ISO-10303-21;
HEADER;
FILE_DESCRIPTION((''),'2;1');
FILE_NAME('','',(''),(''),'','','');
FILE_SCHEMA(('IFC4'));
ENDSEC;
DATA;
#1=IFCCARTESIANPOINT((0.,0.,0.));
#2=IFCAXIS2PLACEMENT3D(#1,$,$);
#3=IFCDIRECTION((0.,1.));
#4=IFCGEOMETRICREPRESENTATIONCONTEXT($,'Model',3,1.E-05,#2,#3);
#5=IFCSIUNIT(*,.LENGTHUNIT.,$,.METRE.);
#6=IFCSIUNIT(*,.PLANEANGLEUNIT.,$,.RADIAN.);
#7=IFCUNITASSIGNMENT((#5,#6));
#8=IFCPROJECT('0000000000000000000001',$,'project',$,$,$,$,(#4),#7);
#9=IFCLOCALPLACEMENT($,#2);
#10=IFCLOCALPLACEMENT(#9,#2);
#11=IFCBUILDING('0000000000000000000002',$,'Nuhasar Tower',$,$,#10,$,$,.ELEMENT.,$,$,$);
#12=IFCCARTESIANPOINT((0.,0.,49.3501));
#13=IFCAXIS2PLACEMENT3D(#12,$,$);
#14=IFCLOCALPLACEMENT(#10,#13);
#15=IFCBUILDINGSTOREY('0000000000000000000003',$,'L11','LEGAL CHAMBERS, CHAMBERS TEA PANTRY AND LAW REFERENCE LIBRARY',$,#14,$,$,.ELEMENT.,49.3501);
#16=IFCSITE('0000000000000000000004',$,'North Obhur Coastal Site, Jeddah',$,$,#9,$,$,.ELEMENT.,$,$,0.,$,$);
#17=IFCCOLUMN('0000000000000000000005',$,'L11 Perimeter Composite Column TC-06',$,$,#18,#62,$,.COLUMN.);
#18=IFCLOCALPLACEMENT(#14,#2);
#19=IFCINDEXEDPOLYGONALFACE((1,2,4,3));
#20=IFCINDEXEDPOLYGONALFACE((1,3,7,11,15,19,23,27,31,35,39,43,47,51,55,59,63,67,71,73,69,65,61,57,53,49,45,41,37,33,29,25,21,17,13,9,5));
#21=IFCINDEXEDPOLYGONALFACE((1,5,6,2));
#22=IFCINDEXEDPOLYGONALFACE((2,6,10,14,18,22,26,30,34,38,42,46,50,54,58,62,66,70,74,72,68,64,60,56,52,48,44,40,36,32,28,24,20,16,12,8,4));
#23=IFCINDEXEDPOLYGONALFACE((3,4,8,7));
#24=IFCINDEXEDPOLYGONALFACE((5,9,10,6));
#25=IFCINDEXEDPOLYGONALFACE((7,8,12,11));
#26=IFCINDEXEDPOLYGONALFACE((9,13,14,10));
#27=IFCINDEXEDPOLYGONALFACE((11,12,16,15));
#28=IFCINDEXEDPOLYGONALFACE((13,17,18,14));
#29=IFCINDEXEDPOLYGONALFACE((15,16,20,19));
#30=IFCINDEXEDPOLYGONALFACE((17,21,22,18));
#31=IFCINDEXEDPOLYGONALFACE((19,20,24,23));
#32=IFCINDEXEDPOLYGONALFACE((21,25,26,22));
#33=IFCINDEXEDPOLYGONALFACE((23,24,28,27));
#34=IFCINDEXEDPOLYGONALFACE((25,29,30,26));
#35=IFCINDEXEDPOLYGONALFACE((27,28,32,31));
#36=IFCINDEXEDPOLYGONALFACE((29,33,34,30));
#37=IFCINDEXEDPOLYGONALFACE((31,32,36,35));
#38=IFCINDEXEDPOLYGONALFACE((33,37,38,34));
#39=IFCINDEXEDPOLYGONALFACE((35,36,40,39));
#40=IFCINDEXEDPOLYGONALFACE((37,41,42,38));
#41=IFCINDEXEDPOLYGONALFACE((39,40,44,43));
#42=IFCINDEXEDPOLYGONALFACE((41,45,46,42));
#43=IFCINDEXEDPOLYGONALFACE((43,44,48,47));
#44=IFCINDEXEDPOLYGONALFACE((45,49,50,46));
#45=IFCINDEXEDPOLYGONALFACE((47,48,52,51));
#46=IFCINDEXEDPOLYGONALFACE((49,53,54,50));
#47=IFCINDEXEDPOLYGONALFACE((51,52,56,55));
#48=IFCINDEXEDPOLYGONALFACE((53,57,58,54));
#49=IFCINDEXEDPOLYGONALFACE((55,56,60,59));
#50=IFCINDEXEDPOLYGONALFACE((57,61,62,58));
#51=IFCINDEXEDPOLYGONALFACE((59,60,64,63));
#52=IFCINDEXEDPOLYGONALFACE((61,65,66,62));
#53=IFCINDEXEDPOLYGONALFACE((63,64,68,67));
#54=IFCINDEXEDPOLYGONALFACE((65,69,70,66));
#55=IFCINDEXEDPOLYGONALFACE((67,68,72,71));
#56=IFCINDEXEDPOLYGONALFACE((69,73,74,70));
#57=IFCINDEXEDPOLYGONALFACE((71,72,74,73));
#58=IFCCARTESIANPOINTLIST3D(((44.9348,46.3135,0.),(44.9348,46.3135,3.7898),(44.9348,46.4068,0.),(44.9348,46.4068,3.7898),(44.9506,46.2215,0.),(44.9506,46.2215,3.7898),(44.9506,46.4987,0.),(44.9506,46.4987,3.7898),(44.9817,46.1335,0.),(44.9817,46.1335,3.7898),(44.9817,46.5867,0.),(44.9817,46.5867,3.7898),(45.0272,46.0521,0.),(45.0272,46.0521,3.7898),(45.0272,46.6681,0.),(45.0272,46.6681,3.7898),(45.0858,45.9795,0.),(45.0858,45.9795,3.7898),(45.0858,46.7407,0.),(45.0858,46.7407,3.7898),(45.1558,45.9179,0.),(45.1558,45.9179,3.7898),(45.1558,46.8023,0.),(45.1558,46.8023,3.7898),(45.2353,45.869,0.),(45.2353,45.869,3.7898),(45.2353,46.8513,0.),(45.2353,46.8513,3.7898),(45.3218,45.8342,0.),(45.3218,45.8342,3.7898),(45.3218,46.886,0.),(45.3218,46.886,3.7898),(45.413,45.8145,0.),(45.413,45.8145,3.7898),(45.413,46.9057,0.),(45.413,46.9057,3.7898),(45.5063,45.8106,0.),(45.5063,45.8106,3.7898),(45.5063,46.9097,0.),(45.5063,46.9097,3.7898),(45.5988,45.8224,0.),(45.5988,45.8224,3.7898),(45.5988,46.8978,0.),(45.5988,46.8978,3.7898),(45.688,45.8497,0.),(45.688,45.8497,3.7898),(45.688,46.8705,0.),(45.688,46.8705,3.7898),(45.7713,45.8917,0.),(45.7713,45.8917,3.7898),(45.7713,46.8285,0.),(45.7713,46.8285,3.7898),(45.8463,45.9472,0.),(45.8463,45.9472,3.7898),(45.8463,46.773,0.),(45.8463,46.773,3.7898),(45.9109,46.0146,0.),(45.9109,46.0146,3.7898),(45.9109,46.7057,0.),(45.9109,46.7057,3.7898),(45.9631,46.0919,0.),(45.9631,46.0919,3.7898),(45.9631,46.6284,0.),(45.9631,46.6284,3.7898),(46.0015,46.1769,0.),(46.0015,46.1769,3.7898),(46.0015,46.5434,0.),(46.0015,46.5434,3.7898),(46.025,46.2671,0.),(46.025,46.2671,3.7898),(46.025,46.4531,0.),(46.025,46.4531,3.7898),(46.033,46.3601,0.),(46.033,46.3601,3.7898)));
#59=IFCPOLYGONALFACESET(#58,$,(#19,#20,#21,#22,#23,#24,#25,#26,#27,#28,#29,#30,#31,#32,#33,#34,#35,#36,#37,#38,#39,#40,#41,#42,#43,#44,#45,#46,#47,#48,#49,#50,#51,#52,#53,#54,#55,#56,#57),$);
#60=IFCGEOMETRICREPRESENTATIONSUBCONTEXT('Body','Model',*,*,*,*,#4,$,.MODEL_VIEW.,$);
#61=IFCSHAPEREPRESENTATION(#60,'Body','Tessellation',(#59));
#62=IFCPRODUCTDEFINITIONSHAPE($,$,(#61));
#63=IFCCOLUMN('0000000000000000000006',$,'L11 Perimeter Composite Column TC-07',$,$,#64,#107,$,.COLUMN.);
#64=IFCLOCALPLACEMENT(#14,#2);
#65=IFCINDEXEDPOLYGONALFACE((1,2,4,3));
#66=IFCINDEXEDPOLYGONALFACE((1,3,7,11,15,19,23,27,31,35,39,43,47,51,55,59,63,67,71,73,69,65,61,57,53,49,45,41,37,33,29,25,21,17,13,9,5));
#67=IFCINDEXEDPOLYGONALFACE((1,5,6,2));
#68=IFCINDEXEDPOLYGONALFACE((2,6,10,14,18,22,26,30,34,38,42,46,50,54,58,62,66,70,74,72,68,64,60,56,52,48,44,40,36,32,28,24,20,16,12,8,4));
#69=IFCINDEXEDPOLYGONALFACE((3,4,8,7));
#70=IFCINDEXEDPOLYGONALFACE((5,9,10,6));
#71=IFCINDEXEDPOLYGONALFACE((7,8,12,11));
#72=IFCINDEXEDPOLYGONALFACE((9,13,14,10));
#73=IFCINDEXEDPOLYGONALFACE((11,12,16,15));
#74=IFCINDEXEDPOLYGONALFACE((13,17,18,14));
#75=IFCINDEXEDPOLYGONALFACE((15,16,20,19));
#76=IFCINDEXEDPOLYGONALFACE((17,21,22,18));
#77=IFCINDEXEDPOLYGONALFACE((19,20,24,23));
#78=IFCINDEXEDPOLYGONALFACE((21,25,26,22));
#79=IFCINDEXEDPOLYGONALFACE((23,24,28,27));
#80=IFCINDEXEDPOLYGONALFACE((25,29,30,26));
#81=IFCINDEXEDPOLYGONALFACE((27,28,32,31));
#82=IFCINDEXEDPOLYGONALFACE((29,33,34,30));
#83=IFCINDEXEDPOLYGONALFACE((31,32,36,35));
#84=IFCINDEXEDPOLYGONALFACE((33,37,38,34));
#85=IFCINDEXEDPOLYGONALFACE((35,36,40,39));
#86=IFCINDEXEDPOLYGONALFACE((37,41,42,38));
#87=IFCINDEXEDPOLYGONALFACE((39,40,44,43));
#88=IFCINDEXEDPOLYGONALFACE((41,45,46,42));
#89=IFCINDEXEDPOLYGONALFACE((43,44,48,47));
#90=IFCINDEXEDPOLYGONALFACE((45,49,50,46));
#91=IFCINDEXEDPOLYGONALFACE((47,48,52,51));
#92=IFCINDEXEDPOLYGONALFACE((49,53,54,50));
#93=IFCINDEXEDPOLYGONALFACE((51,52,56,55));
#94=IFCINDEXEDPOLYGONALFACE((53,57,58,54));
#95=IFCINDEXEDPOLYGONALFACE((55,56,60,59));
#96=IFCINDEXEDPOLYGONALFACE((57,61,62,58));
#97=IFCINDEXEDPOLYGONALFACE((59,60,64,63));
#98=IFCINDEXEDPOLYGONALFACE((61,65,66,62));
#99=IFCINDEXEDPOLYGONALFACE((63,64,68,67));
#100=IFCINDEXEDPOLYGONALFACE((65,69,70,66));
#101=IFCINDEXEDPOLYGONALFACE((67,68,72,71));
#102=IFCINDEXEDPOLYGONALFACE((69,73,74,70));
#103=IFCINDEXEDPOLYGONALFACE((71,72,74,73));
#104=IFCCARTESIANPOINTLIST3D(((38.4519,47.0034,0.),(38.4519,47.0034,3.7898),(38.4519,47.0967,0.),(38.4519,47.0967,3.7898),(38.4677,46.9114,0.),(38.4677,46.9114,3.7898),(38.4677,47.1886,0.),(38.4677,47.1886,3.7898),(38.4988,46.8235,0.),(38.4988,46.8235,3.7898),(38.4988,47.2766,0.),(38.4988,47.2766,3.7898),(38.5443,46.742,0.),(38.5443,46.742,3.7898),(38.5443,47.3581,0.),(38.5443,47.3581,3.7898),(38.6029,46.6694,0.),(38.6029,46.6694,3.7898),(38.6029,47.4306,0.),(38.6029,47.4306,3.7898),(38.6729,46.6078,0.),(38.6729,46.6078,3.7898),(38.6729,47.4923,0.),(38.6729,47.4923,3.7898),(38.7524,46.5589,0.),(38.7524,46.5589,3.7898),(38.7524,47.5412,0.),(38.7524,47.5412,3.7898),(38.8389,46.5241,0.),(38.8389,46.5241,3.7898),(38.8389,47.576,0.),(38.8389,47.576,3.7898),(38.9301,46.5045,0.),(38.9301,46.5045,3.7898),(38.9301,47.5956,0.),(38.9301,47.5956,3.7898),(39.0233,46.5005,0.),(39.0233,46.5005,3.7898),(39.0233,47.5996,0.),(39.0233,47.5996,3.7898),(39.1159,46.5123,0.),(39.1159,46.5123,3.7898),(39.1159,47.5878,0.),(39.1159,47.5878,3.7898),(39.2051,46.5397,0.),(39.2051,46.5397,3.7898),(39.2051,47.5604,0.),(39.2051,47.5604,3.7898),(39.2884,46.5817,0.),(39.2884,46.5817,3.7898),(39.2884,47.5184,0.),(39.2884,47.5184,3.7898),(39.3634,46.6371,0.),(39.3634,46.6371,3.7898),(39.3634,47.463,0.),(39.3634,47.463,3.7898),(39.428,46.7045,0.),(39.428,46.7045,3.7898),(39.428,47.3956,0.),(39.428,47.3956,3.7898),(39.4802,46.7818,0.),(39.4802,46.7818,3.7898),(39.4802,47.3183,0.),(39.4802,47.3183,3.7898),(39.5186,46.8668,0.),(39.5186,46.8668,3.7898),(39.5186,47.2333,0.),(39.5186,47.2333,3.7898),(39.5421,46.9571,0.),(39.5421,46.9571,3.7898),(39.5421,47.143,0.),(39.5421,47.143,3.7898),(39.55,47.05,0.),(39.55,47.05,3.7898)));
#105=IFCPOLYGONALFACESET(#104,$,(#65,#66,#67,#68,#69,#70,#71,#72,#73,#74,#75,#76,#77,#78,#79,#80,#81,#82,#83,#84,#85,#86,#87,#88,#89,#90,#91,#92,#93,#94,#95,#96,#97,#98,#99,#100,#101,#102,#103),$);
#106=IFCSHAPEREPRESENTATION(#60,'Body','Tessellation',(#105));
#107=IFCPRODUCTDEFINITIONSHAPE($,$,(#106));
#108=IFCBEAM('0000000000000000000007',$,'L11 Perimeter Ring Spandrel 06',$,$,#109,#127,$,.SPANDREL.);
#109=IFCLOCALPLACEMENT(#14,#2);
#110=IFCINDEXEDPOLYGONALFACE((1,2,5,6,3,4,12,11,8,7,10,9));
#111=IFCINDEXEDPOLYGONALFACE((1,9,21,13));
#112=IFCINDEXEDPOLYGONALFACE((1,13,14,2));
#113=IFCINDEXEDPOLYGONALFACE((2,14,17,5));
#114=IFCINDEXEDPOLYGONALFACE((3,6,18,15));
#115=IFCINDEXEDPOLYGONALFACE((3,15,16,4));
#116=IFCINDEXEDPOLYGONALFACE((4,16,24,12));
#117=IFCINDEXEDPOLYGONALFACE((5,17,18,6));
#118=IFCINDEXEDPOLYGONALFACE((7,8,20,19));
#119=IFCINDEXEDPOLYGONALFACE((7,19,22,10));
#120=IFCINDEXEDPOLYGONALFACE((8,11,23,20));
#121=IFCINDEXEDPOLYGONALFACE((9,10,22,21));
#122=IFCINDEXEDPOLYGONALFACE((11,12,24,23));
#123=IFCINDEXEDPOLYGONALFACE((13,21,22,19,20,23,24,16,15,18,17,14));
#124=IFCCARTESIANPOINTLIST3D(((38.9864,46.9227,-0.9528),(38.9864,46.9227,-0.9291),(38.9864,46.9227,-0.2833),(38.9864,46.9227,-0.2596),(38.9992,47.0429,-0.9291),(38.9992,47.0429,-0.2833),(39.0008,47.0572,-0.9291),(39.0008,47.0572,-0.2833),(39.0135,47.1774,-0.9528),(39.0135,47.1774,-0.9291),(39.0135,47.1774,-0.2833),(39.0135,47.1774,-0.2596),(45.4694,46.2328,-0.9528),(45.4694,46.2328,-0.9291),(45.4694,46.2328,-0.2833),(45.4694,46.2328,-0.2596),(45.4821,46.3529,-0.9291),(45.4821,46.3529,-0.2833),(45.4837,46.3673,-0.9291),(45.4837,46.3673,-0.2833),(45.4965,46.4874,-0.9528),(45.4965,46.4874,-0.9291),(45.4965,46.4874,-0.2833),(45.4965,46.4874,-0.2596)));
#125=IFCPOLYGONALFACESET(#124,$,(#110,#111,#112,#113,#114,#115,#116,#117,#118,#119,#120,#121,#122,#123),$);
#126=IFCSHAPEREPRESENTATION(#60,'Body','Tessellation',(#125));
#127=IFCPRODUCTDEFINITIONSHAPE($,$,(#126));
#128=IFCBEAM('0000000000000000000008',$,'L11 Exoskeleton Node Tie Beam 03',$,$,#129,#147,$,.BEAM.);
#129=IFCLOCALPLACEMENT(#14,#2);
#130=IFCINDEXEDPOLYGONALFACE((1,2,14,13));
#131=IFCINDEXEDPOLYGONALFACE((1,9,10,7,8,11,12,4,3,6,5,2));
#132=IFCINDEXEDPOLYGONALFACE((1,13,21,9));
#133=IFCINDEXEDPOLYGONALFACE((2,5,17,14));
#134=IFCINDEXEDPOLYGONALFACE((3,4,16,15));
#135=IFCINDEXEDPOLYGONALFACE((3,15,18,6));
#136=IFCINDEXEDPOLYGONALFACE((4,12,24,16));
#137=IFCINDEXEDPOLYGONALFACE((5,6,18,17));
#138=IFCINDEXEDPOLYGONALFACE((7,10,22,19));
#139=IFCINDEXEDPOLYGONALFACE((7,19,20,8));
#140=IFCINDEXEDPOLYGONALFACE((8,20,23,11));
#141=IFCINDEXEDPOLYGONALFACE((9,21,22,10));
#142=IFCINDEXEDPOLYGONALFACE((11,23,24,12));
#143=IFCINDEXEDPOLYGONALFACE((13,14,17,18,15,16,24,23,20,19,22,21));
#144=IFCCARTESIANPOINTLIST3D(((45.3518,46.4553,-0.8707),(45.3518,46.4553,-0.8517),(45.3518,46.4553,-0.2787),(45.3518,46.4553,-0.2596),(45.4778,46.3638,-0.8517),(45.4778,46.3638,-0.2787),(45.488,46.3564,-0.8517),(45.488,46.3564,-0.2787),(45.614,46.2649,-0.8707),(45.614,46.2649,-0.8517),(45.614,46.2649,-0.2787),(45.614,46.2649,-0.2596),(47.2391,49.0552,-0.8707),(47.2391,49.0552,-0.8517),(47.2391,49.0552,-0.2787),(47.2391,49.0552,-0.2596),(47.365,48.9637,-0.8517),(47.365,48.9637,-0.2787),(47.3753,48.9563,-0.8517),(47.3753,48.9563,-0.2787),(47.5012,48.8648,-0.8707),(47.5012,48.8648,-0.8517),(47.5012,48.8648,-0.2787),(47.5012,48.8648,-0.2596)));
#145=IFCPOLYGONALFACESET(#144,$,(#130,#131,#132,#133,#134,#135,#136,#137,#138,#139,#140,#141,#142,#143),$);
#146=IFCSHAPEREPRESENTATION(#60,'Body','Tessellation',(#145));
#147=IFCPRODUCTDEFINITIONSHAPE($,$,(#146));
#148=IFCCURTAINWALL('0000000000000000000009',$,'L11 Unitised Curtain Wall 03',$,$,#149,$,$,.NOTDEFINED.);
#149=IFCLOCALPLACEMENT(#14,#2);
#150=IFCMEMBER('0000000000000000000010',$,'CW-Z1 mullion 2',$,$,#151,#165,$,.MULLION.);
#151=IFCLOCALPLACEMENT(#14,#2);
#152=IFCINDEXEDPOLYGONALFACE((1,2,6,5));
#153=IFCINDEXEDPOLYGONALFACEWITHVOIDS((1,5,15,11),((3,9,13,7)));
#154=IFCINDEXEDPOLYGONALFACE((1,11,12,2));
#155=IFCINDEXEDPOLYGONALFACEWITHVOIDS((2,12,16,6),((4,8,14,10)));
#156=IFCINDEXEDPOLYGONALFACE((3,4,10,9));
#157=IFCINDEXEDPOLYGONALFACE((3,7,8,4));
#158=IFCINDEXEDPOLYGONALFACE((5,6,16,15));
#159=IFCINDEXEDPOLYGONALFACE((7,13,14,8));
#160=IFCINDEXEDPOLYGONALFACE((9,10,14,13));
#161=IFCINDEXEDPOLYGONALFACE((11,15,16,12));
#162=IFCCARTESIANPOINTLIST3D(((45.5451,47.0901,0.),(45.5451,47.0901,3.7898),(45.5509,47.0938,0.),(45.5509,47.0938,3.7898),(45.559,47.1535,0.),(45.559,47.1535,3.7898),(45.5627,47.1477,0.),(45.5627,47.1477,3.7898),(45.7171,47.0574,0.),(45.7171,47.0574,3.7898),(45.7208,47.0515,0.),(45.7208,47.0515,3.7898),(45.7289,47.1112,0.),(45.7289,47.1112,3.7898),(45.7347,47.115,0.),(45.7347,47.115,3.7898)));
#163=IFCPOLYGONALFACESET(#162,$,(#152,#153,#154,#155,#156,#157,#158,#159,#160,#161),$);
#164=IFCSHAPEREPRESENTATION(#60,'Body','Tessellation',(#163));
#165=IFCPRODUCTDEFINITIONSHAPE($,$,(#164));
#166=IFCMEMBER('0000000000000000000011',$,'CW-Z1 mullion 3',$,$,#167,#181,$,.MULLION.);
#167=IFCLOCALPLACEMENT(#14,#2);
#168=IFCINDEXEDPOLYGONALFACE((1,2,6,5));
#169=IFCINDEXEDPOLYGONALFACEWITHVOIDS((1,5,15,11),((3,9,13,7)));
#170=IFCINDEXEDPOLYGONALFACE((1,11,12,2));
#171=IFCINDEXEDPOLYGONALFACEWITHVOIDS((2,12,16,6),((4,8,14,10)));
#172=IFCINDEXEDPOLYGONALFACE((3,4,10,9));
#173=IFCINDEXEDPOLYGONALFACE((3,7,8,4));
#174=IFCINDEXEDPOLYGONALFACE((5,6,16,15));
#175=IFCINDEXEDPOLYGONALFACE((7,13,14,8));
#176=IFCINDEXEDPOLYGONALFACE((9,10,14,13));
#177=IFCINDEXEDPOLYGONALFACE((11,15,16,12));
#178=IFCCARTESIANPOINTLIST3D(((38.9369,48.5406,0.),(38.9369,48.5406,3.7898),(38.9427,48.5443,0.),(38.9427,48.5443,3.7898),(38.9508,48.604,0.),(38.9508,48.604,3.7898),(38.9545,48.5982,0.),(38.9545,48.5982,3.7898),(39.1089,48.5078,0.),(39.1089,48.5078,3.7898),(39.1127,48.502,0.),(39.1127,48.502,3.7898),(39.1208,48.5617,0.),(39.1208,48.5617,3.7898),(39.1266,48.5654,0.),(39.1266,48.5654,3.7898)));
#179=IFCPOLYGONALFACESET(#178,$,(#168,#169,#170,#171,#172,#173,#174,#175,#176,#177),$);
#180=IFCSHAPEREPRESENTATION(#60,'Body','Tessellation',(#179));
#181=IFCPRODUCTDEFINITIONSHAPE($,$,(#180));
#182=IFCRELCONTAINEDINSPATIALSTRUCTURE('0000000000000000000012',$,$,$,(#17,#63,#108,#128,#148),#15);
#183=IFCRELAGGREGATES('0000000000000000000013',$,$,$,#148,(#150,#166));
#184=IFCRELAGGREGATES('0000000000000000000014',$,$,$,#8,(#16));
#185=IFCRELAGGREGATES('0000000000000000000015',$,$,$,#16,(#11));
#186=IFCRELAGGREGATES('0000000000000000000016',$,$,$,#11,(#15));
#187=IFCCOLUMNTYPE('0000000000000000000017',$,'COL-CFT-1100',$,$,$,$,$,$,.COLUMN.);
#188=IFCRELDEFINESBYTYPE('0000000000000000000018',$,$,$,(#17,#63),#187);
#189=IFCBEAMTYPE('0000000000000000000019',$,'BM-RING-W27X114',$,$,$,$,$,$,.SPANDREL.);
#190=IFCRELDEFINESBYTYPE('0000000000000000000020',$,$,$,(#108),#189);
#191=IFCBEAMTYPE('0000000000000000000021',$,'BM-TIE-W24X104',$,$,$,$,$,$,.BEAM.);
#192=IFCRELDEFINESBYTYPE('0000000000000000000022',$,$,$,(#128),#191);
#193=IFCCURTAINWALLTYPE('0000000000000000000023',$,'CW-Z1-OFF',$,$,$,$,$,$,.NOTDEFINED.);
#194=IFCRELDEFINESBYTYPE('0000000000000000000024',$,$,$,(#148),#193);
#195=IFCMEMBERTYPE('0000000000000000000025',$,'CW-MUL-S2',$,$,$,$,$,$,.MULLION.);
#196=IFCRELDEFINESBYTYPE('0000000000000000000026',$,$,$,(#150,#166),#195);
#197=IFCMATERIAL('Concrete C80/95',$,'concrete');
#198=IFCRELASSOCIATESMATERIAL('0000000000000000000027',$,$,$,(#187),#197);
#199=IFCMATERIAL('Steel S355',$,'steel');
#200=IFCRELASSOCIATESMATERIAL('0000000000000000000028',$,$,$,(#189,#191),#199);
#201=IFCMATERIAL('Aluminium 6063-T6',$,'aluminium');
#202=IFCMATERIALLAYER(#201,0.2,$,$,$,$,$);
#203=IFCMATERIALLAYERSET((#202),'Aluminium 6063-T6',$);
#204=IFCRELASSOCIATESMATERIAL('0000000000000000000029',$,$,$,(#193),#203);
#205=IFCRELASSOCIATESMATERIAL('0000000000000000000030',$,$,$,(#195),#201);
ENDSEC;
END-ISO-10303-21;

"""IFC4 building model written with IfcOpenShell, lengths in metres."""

from ifc_helpers import new_model, si_unit, direction, frame, origin, origin_2d, place, context, subcontext, project, spatial, hollow_rectangle, circle, i_section, extrude, material, layer, layer_set, material_profile, profile_set, type_object, element, aggregate, save


model = new_model("IFC4")

# Units and contexts
model_context = context("Model", 3, precision=1e-05, world=origin(), true_north=direction((0.0, 1.0)))
body_context = subcontext(model_context, "Body", "Model", "MODEL_VIEW")
ifc_project = project(units=[si_unit("LENGTHUNIT", "METRE"), si_unit("PLANEANGLEUNIT", "RADIAN")], contexts=[model_context])

# Site, building, storey
site_placement = place(None, origin())
site = spatial("IfcSite", under=ifc_project, at=site_placement, Name="North Obhur Coastal Site, Jeddah", CompositionType="ELEMENT", RefElevation=0.0)
building_placement = place(site_placement, origin())
building = spatial("IfcBuilding", under=site, at=building_placement, Name="Nuhasar Tower", CompositionType="ELEMENT")
storey_placement = place(building_placement, frame((0.0, 0.0, 49.3501)))
storey = spatial("IfcBuildingStorey", under=building, at=storey_placement, Name="L11", Description="LEGAL CHAMBERS, CHAMBERS TEA PANTRY AND LAW REFERENCE LIBRARY", CompositionType="ELEMENT", Elevation=49.3501)

# Columns
ifc_material_1 = material(Name="Concrete C80/95", Category="concrete")
ifc_material_profile_1 = material_profile(ifc_material_1, circle(Radius=0.55, at=origin_2d()), Name="CFT1100")
ifc_profile_set_1 = profile_set([ifc_material_profile_1], Name="Concrete C80/95")
column_type = type_object("IfcColumnType", Name="COL-CFT-1100", PredefinedType="COLUMN", material=ifc_profile_set_1)
for number, where, z_axis, x_axis, name in (
    (1, (45.4829, 46.3601, 0.0), (0.0, 0.0, 1.0), (1.0, 0.0, 0.0), "L11 Perimeter Composite Column TC-06"),
    (2, (39.0, 47.05, 0.0), (0.0, 0.0, 1.0), (1.0, 0.0, 0.0), "L11 Perimeter Composite Column TC-07"),
):
    element("IfcColumn", number, at=place(storey_placement, frame(where, z_axis=z_axis, x_axis=x_axis)), inside=storey, type_object=column_type, Name=name, PredefinedType="COLUMN", context=body_context, shape_type="SweptSolid", body=[
        extrude(circle(Radius=0.55, at=origin_2d()), origin(), (0.0, 0.0, 1.0), 3.7898),
    ])

# Beams
ifc_material_2 = material(Name="Steel S355", Category="steel")
ifc_material_profile_2 = material_profile(ifc_material_2, i_section(OverallWidth=0.2561, OverallDepth=0.6931, WebThickness=0.0144, FlangeThickness=0.0237, at=origin_2d()), Name="W27X114")
ifc_profile_set_2 = profile_set([ifc_material_profile_2], Name="Steel S355")
beam_type_1 = type_object("IfcBeamType", Name="BM-RING-W27X114", PredefinedType="SPANDREL", material=ifc_profile_set_2)
beam_1_placement = place(storey_placement, frame((45.4829, 46.3601, -0.6062), z_axis=(-0.994385, 0.105827, 0.0), x_axis=(-0.105827, -0.994385, 0.0)))
element("IfcBeam", 3, at=beam_1_placement, inside=storey, type_object=beam_type_1, Name="L11 Perimeter Ring Spandrel 06", PredefinedType="SPANDREL", context=body_context, shape_type="SweptSolid", body=[
    extrude(i_section(OverallWidth=0.2561, OverallDepth=0.6931, WebThickness=0.0144, FlangeThickness=0.0237, at=origin_2d()), origin(), (0.0, 0.0, 1.0), 6.5195),
])
ifc_material_profile_3 = material_profile(ifc_material_2, i_section(OverallWidth=0.324, OverallDepth=0.6111, WebThickness=0.0127, FlangeThickness=0.019, at=origin_2d()), Name="W24X104")
ifc_profile_set_3 = profile_set([ifc_material_profile_3], Name="Steel S355")
beam_type_2 = type_object("IfcBeamType", Name="BM-TIE-W24X104", PredefinedType="BEAM", material=ifc_profile_set_3)
beam_2_placement = place(storey_placement, frame((45.4829, 46.3601, -0.5652), z_axis=(0.587439, 0.809268, 0.0), x_axis=(-0.809268, 0.587439, 0.0)))
element("IfcBeam", 4, at=beam_2_placement, inside=storey, type_object=beam_type_2, Name="L11 Exoskeleton Node Tie Beam 03", PredefinedType="BEAM", context=body_context, shape_type="SweptSolid", body=[
    extrude(i_section(OverallWidth=0.324, OverallDepth=0.6111, WebThickness=0.0127, FlangeThickness=0.019, at=origin_2d()), origin(), (0.0, 0.0, 1.0), 3.2126),
])

# Curtain wall, members
ifc_material_3 = material(Name="Aluminium 6063-T6", Category="aluminium")
ifc_layer_1 = layer(ifc_material_3, 0.2)
ifc_layer_set_1 = layer_set([ifc_layer_1], Name="Aluminium 6063-T6")
curtain_wall_type = type_object("IfcCurtainWallType", Name="CW-Z1-OFF", PredefinedType="NOTDEFINED", material=ifc_layer_set_1)
curtain_wall_placement = place(storey_placement, origin())
curtain_wall = element("IfcCurtainWall", 5, at=curtain_wall_placement, inside=storey, type_object=curtain_wall_type, Name="L11 Unitised Curtain Wall 03", PredefinedType="NOTDEFINED")
ifc_material_profile_4 = material_profile(ifc_material_3, hollow_rectangle(XDim=0.0649, YDim=0.1799, WallThickness=0.0049, at=origin_2d()), Name="CWM-2")
ifc_profile_set_4 = profile_set([ifc_material_profile_4], Name="Aluminium 6063-T6")
member_type_1 = type_object("IfcMemberType", Name="CW-MUL-S2", PredefinedType="MULLION", material=ifc_profile_set_4)
member_1_placement = place(storey_placement, frame((45.6399, 47.1025, 0.0), z_axis=(0.0, 0.0, 1.0), x_axis=(-0.214399, -0.976746, 0.0)))
member_1 = element("IfcMember", 6, at=member_1_placement, type_object=member_type_1, Name="CW-Z1 mullion 2", PredefinedType="MULLION", context=body_context, shape_type="SweptSolid", body=[
    extrude(hollow_rectangle(XDim=0.0649, YDim=0.1799, WallThickness=0.0049, at=origin_2d()), origin(), (0.0, 0.0, 1.0), 3.7898),
])
member_2_placement = place(storey_placement, frame((39.0317, 48.553, 0.0), z_axis=(0.0, 0.0, 1.0), x_axis=(-0.214399, -0.976746, 0.0)))
member_2 = element("IfcMember", 7, at=member_2_placement, type_object=member_type_1, Name="CW-Z1 mullion 3", PredefinedType="MULLION", context=body_context, shape_type="SweptSolid", body=[
    extrude(hollow_rectangle(XDim=0.0649, YDim=0.1799, WallThickness=0.0049, at=origin_2d()), origin(), (0.0, 0.0, 1.0), 3.7898),
])

aggregate(curtain_wall, [member_1, member_2])

save(model, "model.ifc")
